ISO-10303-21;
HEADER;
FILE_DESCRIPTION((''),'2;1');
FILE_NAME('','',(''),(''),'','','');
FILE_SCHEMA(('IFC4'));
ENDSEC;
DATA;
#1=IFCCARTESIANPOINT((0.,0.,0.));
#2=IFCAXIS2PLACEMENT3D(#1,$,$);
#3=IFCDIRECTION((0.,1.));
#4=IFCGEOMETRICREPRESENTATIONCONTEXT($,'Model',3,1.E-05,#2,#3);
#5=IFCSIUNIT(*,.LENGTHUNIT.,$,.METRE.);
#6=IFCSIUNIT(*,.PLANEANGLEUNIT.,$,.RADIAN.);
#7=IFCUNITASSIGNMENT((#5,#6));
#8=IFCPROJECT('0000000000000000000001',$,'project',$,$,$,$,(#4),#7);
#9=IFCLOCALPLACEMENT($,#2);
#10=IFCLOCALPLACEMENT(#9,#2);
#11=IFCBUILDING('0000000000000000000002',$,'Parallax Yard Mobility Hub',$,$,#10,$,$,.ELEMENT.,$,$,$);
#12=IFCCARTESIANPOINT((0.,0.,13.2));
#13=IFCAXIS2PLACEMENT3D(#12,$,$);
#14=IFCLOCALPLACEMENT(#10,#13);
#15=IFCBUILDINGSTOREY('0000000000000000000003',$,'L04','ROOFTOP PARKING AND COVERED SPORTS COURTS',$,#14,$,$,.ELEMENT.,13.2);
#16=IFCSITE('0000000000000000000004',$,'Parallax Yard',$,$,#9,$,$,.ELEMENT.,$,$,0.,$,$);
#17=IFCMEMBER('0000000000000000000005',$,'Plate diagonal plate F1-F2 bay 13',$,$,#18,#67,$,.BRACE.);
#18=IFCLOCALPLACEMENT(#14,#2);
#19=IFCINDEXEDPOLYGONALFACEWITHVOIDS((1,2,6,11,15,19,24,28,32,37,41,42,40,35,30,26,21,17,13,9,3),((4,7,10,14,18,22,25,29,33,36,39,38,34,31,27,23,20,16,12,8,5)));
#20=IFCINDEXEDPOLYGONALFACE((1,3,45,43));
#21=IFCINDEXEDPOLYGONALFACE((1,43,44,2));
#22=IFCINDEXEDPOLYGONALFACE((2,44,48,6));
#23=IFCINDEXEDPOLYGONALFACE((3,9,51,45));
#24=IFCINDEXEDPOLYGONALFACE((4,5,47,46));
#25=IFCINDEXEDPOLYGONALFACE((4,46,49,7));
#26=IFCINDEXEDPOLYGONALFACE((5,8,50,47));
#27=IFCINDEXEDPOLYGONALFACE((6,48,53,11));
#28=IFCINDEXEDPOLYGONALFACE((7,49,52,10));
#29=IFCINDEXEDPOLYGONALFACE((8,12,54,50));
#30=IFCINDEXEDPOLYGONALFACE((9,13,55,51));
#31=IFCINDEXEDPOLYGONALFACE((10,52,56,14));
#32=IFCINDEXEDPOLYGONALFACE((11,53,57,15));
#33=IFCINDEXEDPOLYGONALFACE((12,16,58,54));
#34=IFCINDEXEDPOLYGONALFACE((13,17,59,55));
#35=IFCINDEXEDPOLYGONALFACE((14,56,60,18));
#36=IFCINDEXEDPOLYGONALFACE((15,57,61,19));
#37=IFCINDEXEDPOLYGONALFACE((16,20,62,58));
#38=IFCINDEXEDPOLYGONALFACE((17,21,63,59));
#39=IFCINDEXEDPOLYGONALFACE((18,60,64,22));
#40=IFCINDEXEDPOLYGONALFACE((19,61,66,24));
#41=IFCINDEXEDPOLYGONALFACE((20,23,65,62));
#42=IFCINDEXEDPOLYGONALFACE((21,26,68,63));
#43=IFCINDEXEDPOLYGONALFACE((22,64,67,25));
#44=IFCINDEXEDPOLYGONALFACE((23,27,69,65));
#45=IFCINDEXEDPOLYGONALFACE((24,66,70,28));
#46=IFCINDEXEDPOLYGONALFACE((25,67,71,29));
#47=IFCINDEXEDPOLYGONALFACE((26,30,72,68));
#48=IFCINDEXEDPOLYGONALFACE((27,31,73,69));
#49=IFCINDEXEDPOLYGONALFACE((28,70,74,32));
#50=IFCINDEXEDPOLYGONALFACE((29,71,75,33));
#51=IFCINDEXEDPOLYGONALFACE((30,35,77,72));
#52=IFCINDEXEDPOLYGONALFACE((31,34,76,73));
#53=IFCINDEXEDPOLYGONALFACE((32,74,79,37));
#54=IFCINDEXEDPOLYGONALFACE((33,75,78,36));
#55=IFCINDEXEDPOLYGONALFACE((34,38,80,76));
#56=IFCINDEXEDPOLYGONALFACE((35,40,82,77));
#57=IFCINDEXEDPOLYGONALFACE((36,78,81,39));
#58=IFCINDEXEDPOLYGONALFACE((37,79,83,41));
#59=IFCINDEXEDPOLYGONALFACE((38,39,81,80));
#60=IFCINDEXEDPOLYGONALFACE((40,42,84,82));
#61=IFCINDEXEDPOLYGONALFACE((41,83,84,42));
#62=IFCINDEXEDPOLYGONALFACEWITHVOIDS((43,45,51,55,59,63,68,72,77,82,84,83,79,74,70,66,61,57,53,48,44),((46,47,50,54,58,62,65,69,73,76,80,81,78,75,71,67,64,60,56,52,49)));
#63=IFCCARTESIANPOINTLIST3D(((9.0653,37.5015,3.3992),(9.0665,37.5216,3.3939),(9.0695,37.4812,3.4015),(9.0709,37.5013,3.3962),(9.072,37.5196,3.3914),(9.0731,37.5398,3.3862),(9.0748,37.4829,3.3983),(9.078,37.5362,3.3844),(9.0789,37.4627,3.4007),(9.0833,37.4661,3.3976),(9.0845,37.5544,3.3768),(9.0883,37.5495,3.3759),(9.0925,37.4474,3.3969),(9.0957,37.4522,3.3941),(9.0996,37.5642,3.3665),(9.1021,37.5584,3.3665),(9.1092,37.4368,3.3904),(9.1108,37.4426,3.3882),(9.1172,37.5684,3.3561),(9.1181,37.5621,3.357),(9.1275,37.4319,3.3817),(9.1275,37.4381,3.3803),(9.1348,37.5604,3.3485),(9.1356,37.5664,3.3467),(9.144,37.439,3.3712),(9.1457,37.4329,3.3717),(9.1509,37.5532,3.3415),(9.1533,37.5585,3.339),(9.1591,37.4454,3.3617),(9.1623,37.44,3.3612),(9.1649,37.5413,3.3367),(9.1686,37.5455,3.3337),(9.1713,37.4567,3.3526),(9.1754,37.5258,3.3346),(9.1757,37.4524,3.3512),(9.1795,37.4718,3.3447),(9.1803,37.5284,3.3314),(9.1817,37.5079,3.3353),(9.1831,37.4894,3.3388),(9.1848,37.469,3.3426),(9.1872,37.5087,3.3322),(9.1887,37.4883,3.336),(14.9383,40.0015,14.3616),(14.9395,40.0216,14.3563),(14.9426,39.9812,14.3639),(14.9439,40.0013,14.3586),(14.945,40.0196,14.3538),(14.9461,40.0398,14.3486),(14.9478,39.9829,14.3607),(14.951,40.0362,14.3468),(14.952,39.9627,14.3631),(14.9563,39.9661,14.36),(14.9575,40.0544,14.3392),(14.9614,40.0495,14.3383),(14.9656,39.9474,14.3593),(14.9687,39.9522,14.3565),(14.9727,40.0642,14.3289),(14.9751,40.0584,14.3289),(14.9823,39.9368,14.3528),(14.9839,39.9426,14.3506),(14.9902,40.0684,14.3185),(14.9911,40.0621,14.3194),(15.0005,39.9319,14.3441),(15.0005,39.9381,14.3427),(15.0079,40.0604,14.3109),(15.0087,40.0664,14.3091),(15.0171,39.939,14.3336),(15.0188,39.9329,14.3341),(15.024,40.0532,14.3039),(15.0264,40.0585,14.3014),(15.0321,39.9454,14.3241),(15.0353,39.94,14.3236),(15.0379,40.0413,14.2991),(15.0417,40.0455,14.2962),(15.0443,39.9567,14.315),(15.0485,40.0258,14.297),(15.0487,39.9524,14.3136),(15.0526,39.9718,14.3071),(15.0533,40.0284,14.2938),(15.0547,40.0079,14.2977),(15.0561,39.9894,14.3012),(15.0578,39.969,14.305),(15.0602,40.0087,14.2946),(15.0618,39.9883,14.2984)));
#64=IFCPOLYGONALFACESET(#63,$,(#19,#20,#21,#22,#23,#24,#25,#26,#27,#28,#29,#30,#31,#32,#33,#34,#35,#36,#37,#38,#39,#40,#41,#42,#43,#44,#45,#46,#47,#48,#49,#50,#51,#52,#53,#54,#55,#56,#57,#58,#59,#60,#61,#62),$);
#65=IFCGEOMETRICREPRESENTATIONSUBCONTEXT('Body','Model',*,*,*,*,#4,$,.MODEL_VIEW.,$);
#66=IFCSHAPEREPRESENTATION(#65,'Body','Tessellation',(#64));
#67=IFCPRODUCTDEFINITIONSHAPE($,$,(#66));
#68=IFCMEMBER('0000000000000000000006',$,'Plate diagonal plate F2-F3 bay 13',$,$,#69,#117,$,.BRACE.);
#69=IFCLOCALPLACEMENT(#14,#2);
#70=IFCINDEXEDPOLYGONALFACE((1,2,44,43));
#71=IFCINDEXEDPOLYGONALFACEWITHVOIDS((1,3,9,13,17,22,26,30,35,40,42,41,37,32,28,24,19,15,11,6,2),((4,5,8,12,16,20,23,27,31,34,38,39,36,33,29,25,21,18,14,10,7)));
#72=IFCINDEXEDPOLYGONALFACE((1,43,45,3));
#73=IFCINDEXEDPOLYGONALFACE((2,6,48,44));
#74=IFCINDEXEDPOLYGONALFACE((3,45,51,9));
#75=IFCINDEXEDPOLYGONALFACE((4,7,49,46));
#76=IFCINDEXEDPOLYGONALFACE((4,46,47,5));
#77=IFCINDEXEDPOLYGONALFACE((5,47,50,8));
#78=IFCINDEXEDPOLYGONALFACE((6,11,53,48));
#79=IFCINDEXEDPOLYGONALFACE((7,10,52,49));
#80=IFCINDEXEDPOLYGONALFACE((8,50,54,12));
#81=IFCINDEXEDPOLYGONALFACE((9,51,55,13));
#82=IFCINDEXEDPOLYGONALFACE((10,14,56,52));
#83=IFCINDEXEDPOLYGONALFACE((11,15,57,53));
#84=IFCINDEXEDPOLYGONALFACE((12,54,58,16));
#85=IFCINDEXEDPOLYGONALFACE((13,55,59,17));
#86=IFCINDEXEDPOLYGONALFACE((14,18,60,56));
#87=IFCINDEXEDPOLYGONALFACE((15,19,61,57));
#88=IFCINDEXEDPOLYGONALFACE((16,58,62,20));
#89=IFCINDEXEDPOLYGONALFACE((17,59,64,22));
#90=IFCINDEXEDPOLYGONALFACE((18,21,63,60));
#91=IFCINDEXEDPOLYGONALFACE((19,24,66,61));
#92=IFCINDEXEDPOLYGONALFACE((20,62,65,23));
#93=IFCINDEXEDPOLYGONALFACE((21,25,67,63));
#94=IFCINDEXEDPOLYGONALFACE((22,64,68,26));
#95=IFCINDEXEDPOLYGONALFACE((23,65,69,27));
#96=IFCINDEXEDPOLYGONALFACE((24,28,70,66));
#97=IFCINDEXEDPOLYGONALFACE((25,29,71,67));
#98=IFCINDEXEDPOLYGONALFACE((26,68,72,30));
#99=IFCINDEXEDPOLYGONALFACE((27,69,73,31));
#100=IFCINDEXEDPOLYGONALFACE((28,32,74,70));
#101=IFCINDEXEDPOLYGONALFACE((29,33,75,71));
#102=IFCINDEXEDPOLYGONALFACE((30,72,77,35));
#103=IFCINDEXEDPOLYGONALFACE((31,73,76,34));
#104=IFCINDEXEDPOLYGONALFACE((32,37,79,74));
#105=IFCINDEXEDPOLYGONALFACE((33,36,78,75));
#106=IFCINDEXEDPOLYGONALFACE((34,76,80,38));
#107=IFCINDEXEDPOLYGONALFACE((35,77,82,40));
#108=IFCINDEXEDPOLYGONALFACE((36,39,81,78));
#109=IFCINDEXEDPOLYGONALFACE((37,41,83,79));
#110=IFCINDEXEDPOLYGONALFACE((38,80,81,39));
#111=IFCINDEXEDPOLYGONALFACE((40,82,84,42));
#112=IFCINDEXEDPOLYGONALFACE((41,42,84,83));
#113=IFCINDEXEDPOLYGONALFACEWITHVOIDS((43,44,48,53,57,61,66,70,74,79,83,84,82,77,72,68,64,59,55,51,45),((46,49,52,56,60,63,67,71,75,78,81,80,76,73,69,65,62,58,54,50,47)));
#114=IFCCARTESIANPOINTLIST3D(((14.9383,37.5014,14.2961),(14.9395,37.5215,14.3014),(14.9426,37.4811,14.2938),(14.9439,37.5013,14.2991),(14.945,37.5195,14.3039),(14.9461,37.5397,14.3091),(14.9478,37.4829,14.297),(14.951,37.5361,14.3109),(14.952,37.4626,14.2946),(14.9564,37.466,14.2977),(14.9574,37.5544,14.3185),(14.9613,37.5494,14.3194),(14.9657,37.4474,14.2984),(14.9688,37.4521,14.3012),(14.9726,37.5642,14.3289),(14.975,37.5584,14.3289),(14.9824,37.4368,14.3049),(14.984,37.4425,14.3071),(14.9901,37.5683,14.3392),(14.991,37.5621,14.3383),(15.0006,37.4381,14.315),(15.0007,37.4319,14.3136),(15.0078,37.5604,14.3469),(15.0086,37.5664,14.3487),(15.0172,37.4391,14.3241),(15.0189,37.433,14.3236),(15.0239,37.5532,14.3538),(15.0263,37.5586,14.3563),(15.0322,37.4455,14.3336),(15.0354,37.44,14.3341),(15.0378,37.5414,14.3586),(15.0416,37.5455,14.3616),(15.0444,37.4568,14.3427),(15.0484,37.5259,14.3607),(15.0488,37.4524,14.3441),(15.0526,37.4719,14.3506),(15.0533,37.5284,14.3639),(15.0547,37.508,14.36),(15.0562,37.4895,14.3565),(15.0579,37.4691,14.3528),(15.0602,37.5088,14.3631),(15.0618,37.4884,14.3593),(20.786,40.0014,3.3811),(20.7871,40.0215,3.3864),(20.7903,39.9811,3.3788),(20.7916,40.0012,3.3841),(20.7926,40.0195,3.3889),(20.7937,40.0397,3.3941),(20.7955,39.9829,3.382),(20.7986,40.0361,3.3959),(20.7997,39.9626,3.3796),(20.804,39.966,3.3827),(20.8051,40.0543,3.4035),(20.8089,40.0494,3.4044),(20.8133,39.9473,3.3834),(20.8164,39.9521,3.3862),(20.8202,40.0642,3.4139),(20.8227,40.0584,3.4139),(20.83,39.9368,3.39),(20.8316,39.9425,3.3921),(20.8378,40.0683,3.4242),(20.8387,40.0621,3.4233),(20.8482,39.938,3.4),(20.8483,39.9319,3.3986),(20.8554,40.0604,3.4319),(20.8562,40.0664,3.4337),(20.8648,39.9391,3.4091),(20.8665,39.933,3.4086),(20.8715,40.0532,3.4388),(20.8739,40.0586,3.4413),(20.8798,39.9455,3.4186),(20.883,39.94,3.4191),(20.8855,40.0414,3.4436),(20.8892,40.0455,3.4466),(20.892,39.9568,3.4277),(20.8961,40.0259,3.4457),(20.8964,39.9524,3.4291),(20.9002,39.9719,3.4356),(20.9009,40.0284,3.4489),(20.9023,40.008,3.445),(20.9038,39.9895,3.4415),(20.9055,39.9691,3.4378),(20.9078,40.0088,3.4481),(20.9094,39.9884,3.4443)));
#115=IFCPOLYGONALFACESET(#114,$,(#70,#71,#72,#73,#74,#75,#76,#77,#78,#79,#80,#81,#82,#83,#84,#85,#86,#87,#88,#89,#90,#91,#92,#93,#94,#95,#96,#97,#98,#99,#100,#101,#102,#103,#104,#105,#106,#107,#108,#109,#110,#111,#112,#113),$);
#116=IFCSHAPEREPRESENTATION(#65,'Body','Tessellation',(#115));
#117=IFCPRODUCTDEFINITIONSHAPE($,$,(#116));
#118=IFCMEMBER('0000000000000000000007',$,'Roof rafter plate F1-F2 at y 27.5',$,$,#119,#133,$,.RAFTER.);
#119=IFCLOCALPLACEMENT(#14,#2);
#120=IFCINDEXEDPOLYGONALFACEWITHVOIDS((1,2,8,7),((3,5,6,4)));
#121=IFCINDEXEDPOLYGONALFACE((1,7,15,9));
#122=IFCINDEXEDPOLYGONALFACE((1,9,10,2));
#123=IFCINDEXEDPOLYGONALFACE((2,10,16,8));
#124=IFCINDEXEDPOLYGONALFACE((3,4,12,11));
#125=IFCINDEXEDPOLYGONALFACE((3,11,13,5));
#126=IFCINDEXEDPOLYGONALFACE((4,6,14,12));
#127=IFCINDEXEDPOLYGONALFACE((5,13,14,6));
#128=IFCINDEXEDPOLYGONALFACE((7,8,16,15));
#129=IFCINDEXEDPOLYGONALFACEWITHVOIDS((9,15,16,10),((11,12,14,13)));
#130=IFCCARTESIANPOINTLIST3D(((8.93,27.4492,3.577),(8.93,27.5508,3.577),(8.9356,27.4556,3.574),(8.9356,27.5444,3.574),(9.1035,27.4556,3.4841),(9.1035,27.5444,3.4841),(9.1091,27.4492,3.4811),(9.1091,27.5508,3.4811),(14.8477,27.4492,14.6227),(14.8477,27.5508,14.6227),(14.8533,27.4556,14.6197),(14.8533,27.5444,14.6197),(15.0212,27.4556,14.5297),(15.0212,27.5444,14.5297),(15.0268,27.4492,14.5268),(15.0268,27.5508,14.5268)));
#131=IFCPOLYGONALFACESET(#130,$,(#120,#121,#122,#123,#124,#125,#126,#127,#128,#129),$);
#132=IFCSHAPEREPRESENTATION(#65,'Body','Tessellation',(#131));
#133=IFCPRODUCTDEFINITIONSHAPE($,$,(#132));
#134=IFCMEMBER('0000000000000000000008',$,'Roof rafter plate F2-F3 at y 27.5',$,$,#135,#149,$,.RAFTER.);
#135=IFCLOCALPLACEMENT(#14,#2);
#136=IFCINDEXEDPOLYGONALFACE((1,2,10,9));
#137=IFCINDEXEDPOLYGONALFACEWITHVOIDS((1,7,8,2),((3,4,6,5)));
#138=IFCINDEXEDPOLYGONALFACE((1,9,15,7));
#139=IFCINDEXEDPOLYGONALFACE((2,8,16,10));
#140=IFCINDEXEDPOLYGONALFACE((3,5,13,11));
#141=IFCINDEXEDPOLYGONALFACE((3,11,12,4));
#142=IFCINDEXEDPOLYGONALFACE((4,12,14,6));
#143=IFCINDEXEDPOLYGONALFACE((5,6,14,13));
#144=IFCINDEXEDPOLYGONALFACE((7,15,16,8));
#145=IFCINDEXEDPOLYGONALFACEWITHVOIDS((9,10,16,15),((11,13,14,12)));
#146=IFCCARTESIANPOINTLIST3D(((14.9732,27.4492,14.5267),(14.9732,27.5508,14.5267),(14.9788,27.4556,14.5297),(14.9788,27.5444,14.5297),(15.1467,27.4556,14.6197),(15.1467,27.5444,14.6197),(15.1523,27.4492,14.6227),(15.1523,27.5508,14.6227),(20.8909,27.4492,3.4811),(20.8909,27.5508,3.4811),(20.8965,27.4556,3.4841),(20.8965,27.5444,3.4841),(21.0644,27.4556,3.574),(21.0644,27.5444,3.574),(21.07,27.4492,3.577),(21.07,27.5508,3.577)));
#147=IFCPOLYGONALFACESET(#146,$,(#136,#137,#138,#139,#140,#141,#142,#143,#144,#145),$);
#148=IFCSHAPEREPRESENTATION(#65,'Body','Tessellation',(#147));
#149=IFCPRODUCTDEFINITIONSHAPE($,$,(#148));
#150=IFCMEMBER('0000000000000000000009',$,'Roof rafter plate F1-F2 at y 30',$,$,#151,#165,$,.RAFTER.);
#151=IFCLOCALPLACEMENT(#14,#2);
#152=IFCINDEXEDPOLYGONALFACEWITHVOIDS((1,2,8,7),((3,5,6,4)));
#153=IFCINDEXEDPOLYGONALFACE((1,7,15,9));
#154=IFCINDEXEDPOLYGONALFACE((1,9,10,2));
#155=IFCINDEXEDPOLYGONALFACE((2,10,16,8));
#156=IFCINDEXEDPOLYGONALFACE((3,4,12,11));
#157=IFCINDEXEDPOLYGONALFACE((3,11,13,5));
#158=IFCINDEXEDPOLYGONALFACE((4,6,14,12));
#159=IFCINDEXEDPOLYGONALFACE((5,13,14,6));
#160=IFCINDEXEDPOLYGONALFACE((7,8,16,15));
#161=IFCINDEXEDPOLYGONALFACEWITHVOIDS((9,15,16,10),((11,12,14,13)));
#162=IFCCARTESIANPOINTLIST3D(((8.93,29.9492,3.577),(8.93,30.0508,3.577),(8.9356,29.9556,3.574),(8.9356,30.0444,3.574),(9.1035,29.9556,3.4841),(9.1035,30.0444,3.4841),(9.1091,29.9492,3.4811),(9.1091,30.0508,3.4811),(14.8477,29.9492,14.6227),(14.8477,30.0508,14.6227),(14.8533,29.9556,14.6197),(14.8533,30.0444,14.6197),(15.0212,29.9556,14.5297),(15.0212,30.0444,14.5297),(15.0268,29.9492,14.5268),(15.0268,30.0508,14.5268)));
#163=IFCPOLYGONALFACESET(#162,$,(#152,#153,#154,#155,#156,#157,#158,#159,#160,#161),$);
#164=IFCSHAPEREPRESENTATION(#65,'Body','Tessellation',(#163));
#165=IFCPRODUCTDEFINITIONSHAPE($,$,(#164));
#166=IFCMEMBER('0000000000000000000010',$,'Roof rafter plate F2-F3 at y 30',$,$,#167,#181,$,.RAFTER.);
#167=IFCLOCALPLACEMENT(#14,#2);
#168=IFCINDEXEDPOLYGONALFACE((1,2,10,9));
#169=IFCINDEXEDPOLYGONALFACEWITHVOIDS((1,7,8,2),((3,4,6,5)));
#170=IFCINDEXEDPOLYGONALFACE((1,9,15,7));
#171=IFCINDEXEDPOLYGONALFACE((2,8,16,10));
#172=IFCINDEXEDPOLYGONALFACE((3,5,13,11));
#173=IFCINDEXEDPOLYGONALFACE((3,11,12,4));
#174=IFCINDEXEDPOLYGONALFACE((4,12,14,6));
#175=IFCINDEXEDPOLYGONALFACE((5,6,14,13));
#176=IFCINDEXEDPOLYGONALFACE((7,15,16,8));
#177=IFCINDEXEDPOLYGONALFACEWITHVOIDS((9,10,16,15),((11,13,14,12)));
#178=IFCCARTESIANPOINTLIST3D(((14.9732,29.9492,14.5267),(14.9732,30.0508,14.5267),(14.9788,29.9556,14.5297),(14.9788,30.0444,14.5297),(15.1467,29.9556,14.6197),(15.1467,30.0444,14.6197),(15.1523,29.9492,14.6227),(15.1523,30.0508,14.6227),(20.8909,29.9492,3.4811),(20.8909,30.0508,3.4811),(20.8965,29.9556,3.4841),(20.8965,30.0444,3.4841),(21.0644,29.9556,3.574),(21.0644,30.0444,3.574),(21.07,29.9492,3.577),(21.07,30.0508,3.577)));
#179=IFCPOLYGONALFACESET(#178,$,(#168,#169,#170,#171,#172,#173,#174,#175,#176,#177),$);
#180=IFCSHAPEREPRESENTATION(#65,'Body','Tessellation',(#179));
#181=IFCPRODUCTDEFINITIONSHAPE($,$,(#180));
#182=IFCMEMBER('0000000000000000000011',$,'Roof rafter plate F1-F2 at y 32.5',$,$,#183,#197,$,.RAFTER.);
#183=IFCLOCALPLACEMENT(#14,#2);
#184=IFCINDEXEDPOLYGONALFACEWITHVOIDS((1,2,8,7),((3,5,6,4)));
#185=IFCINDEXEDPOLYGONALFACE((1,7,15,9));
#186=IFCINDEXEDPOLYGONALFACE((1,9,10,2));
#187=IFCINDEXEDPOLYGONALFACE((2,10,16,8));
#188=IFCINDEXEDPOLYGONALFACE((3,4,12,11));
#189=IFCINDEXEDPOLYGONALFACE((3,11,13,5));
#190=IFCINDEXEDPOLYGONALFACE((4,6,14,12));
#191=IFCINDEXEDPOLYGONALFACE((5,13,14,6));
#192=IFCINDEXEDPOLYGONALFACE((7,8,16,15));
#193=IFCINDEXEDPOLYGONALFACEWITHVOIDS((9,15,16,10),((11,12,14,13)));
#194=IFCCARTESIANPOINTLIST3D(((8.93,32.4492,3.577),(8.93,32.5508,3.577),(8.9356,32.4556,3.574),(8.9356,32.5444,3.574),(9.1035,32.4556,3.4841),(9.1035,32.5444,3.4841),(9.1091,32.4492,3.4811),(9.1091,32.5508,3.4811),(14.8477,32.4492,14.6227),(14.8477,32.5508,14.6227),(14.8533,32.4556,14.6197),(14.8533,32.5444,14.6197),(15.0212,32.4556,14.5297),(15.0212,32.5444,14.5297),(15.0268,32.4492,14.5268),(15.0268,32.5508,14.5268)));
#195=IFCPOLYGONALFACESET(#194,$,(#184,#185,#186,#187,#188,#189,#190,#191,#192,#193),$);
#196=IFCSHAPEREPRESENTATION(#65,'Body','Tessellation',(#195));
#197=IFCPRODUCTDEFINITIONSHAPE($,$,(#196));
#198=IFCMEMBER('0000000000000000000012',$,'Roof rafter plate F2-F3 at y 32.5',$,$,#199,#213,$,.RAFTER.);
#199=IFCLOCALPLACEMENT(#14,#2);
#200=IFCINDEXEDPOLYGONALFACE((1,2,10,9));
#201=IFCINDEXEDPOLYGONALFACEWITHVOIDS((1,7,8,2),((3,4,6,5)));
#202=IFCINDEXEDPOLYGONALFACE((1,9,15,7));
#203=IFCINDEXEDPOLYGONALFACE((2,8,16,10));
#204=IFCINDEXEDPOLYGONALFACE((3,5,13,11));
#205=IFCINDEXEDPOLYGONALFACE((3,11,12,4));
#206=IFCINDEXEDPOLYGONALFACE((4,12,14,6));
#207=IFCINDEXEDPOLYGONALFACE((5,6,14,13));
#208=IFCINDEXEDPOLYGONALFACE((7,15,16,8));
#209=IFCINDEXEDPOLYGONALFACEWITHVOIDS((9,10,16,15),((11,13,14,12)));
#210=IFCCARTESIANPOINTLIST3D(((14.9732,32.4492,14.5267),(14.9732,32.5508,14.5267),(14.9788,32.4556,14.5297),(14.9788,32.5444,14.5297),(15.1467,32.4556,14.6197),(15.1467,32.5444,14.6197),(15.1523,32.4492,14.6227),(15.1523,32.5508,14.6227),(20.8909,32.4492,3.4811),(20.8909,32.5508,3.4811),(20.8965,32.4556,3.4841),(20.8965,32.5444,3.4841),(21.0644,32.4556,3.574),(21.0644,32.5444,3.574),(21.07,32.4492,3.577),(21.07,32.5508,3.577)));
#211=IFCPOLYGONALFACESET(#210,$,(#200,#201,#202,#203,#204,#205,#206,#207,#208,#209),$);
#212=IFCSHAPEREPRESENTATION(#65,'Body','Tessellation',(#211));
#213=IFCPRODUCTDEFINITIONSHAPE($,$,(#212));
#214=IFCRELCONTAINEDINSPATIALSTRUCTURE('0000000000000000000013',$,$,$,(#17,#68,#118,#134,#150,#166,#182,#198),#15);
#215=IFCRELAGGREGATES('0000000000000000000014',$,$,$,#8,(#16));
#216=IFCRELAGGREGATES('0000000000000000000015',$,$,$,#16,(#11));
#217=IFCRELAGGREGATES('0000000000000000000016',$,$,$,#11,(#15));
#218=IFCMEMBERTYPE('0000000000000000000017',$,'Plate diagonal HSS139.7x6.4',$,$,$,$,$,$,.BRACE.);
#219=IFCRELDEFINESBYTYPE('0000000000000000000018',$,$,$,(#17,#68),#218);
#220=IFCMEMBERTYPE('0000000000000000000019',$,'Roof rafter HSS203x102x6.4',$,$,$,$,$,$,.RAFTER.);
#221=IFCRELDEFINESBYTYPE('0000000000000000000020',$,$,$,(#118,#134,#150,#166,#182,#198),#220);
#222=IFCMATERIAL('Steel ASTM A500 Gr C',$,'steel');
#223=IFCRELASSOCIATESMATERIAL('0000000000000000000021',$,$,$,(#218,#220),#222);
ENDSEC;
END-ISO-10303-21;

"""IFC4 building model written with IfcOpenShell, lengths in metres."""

from ifc_helpers import new_model, si_unit, direction, frame, origin, origin_2d, place, context, subcontext, project, spatial, hollow_rectangle, hollow_circle, extrude, material, material_profile, profile_set, type_object, element, save


model = new_model("IFC4")

# Units and contexts
model_context = context("Model", 3, precision=1e-05, world=origin(), true_north=direction((0.0, 1.0)))
body_context = subcontext(model_context, "Body", "Model", "MODEL_VIEW")
ifc_project = project(units=[si_unit("LENGTHUNIT", "METRE"), si_unit("PLANEANGLEUNIT", "RADIAN")], contexts=[model_context])

# Site, building, storey
site_placement = place(None, origin())
site = spatial("IfcSite", under=ifc_project, at=site_placement, Name="Parallax Yard", CompositionType="ELEMENT", RefElevation=0.0)
building_placement = place(site_placement, origin())
building = spatial("IfcBuilding", under=site, at=building_placement, Name="Parallax Yard Mobility Hub", CompositionType="ELEMENT")
storey_placement = place(building_placement, frame((0.0, 0.0, 13.2)))
storey = spatial("IfcBuildingStorey", under=building, at=storey_placement, Name="L04", Description="ROOFTOP PARKING AND COVERED SPORTS COURTS", CompositionType="ELEMENT", Elevation=13.2)

# Members
ifc_material_1 = material(Name="Steel ASTM A500 Gr C", Category="steel")
ifc_material_profile_1 = material_profile(ifc_material_1, hollow_circle(Radius=0.0698, WallThickness=0.0063, at=origin_2d()), Name="HSS139.7x6.4")
ifc_profile_set_1 = profile_set([ifc_material_profile_1], Name="Steel ASTM A500 Gr C")
member_type_1 = type_object("IfcMemberType", Name="Plate diagonal HSS139.7x6.4", PredefinedType="BRACE", material=ifc_profile_set_1)
for number, where, z_axis, x_axis, name in (
    (1, (9.127, 37.5, 3.3665), (0.46298, 0.197078, 0.864181), (-0.391665, 0.920108, 0.0), "Plate diagonal plate F1-F2 bay 13"),
):
    element("IfcMember", number, at=place(storey_placement, frame(where, z_axis=z_axis, x_axis=x_axis)), inside=storey, type_object=member_type_1, Name=name, PredefinedType="BRACE", context=body_context, shape_type="SweptSolid", body=[
        extrude(hollow_circle(Radius=0.0698, WallThickness=0.0063, at=origin_2d()), origin(), (0.0, 0.0, 1.0), 12.6853),
    ])
member_1_placement = place(storey_placement, frame((15.0, 37.5, 14.3289), z_axis=(0.462901, 0.1979, -0.864036), x_axis=(-0.393104, 0.919494, 0.0)))
element("IfcMember", 2, at=member_1_placement, inside=storey, type_object=member_type_1, Name="Plate diagonal plate F2-F3 bay 13", PredefinedType="BRACE", context=body_context, shape_type="SweptSolid", body=[
    extrude(hollow_circle(Radius=0.0698, WallThickness=0.0063, at=origin_2d()), origin(), (0.0, 0.0, 1.0), 12.6326),
])
ifc_material_profile_2 = material_profile(ifc_material_1, hollow_rectangle(XDim=0.1016, YDim=0.2031, WallThickness=0.0063, at=origin_2d()), Name="HSS203x102x6.4")
ifc_profile_set_2 = profile_set([ifc_material_profile_2], Name="Steel ASTM A500 Gr C")
member_type_2 = type_object("IfcMemberType", Name="Roof rafter HSS203x102x6.4", PredefinedType="RAFTER", material=ifc_profile_set_2)
for number, where, z_axis, x_axis, name in (
    (3, (9.0195, 27.5, 3.5291), (0.472247, 0.0, 0.881466), (0.0, 1.0, 0.0), "Roof rafter plate F1-F2 at y 27.5"),
    (4, (15.0627, 27.5, 14.5747), (0.472247, 0.0, -0.881466), (0.0, 1.0, 0.0), "Roof rafter plate F2-F3 at y 27.5"),
    (5, (9.0195, 30.0, 3.5291), (0.472247, 0.0, 0.881466), (0.0, 1.0, 0.0), "Roof rafter plate F1-F2 at y 30"),
    (6, (15.0627, 30.0, 14.5747), (0.472247, 0.0, -0.881466), (0.0, 1.0, 0.0), "Roof rafter plate F2-F3 at y 30"),
    (7, (9.0195, 32.5, 3.5291), (0.472247, 0.0, 0.881466), (0.0, 1.0, 0.0), "Roof rafter plate F1-F2 at y 32.5"),
    (8, (15.0627, 32.5, 14.5747), (0.472247, 0.0, -0.881466), (0.0, 1.0, 0.0), "Roof rafter plate F2-F3 at y 32.5"),
):
    element("IfcMember", number, at=place(storey_placement, frame(where, z_axis=z_axis, x_axis=x_axis)), inside=storey, type_object=member_type_2, Name=name, PredefinedType="RAFTER", context=body_context, shape_type="SweptSolid", body=[
        extrude(hollow_rectangle(XDim=0.1016, YDim=0.2031, WallThickness=0.0063, at=origin_2d()), origin(), (0.0, 0.0, 1.0), 12.531),
    ])

save(model, "model.ifc")
